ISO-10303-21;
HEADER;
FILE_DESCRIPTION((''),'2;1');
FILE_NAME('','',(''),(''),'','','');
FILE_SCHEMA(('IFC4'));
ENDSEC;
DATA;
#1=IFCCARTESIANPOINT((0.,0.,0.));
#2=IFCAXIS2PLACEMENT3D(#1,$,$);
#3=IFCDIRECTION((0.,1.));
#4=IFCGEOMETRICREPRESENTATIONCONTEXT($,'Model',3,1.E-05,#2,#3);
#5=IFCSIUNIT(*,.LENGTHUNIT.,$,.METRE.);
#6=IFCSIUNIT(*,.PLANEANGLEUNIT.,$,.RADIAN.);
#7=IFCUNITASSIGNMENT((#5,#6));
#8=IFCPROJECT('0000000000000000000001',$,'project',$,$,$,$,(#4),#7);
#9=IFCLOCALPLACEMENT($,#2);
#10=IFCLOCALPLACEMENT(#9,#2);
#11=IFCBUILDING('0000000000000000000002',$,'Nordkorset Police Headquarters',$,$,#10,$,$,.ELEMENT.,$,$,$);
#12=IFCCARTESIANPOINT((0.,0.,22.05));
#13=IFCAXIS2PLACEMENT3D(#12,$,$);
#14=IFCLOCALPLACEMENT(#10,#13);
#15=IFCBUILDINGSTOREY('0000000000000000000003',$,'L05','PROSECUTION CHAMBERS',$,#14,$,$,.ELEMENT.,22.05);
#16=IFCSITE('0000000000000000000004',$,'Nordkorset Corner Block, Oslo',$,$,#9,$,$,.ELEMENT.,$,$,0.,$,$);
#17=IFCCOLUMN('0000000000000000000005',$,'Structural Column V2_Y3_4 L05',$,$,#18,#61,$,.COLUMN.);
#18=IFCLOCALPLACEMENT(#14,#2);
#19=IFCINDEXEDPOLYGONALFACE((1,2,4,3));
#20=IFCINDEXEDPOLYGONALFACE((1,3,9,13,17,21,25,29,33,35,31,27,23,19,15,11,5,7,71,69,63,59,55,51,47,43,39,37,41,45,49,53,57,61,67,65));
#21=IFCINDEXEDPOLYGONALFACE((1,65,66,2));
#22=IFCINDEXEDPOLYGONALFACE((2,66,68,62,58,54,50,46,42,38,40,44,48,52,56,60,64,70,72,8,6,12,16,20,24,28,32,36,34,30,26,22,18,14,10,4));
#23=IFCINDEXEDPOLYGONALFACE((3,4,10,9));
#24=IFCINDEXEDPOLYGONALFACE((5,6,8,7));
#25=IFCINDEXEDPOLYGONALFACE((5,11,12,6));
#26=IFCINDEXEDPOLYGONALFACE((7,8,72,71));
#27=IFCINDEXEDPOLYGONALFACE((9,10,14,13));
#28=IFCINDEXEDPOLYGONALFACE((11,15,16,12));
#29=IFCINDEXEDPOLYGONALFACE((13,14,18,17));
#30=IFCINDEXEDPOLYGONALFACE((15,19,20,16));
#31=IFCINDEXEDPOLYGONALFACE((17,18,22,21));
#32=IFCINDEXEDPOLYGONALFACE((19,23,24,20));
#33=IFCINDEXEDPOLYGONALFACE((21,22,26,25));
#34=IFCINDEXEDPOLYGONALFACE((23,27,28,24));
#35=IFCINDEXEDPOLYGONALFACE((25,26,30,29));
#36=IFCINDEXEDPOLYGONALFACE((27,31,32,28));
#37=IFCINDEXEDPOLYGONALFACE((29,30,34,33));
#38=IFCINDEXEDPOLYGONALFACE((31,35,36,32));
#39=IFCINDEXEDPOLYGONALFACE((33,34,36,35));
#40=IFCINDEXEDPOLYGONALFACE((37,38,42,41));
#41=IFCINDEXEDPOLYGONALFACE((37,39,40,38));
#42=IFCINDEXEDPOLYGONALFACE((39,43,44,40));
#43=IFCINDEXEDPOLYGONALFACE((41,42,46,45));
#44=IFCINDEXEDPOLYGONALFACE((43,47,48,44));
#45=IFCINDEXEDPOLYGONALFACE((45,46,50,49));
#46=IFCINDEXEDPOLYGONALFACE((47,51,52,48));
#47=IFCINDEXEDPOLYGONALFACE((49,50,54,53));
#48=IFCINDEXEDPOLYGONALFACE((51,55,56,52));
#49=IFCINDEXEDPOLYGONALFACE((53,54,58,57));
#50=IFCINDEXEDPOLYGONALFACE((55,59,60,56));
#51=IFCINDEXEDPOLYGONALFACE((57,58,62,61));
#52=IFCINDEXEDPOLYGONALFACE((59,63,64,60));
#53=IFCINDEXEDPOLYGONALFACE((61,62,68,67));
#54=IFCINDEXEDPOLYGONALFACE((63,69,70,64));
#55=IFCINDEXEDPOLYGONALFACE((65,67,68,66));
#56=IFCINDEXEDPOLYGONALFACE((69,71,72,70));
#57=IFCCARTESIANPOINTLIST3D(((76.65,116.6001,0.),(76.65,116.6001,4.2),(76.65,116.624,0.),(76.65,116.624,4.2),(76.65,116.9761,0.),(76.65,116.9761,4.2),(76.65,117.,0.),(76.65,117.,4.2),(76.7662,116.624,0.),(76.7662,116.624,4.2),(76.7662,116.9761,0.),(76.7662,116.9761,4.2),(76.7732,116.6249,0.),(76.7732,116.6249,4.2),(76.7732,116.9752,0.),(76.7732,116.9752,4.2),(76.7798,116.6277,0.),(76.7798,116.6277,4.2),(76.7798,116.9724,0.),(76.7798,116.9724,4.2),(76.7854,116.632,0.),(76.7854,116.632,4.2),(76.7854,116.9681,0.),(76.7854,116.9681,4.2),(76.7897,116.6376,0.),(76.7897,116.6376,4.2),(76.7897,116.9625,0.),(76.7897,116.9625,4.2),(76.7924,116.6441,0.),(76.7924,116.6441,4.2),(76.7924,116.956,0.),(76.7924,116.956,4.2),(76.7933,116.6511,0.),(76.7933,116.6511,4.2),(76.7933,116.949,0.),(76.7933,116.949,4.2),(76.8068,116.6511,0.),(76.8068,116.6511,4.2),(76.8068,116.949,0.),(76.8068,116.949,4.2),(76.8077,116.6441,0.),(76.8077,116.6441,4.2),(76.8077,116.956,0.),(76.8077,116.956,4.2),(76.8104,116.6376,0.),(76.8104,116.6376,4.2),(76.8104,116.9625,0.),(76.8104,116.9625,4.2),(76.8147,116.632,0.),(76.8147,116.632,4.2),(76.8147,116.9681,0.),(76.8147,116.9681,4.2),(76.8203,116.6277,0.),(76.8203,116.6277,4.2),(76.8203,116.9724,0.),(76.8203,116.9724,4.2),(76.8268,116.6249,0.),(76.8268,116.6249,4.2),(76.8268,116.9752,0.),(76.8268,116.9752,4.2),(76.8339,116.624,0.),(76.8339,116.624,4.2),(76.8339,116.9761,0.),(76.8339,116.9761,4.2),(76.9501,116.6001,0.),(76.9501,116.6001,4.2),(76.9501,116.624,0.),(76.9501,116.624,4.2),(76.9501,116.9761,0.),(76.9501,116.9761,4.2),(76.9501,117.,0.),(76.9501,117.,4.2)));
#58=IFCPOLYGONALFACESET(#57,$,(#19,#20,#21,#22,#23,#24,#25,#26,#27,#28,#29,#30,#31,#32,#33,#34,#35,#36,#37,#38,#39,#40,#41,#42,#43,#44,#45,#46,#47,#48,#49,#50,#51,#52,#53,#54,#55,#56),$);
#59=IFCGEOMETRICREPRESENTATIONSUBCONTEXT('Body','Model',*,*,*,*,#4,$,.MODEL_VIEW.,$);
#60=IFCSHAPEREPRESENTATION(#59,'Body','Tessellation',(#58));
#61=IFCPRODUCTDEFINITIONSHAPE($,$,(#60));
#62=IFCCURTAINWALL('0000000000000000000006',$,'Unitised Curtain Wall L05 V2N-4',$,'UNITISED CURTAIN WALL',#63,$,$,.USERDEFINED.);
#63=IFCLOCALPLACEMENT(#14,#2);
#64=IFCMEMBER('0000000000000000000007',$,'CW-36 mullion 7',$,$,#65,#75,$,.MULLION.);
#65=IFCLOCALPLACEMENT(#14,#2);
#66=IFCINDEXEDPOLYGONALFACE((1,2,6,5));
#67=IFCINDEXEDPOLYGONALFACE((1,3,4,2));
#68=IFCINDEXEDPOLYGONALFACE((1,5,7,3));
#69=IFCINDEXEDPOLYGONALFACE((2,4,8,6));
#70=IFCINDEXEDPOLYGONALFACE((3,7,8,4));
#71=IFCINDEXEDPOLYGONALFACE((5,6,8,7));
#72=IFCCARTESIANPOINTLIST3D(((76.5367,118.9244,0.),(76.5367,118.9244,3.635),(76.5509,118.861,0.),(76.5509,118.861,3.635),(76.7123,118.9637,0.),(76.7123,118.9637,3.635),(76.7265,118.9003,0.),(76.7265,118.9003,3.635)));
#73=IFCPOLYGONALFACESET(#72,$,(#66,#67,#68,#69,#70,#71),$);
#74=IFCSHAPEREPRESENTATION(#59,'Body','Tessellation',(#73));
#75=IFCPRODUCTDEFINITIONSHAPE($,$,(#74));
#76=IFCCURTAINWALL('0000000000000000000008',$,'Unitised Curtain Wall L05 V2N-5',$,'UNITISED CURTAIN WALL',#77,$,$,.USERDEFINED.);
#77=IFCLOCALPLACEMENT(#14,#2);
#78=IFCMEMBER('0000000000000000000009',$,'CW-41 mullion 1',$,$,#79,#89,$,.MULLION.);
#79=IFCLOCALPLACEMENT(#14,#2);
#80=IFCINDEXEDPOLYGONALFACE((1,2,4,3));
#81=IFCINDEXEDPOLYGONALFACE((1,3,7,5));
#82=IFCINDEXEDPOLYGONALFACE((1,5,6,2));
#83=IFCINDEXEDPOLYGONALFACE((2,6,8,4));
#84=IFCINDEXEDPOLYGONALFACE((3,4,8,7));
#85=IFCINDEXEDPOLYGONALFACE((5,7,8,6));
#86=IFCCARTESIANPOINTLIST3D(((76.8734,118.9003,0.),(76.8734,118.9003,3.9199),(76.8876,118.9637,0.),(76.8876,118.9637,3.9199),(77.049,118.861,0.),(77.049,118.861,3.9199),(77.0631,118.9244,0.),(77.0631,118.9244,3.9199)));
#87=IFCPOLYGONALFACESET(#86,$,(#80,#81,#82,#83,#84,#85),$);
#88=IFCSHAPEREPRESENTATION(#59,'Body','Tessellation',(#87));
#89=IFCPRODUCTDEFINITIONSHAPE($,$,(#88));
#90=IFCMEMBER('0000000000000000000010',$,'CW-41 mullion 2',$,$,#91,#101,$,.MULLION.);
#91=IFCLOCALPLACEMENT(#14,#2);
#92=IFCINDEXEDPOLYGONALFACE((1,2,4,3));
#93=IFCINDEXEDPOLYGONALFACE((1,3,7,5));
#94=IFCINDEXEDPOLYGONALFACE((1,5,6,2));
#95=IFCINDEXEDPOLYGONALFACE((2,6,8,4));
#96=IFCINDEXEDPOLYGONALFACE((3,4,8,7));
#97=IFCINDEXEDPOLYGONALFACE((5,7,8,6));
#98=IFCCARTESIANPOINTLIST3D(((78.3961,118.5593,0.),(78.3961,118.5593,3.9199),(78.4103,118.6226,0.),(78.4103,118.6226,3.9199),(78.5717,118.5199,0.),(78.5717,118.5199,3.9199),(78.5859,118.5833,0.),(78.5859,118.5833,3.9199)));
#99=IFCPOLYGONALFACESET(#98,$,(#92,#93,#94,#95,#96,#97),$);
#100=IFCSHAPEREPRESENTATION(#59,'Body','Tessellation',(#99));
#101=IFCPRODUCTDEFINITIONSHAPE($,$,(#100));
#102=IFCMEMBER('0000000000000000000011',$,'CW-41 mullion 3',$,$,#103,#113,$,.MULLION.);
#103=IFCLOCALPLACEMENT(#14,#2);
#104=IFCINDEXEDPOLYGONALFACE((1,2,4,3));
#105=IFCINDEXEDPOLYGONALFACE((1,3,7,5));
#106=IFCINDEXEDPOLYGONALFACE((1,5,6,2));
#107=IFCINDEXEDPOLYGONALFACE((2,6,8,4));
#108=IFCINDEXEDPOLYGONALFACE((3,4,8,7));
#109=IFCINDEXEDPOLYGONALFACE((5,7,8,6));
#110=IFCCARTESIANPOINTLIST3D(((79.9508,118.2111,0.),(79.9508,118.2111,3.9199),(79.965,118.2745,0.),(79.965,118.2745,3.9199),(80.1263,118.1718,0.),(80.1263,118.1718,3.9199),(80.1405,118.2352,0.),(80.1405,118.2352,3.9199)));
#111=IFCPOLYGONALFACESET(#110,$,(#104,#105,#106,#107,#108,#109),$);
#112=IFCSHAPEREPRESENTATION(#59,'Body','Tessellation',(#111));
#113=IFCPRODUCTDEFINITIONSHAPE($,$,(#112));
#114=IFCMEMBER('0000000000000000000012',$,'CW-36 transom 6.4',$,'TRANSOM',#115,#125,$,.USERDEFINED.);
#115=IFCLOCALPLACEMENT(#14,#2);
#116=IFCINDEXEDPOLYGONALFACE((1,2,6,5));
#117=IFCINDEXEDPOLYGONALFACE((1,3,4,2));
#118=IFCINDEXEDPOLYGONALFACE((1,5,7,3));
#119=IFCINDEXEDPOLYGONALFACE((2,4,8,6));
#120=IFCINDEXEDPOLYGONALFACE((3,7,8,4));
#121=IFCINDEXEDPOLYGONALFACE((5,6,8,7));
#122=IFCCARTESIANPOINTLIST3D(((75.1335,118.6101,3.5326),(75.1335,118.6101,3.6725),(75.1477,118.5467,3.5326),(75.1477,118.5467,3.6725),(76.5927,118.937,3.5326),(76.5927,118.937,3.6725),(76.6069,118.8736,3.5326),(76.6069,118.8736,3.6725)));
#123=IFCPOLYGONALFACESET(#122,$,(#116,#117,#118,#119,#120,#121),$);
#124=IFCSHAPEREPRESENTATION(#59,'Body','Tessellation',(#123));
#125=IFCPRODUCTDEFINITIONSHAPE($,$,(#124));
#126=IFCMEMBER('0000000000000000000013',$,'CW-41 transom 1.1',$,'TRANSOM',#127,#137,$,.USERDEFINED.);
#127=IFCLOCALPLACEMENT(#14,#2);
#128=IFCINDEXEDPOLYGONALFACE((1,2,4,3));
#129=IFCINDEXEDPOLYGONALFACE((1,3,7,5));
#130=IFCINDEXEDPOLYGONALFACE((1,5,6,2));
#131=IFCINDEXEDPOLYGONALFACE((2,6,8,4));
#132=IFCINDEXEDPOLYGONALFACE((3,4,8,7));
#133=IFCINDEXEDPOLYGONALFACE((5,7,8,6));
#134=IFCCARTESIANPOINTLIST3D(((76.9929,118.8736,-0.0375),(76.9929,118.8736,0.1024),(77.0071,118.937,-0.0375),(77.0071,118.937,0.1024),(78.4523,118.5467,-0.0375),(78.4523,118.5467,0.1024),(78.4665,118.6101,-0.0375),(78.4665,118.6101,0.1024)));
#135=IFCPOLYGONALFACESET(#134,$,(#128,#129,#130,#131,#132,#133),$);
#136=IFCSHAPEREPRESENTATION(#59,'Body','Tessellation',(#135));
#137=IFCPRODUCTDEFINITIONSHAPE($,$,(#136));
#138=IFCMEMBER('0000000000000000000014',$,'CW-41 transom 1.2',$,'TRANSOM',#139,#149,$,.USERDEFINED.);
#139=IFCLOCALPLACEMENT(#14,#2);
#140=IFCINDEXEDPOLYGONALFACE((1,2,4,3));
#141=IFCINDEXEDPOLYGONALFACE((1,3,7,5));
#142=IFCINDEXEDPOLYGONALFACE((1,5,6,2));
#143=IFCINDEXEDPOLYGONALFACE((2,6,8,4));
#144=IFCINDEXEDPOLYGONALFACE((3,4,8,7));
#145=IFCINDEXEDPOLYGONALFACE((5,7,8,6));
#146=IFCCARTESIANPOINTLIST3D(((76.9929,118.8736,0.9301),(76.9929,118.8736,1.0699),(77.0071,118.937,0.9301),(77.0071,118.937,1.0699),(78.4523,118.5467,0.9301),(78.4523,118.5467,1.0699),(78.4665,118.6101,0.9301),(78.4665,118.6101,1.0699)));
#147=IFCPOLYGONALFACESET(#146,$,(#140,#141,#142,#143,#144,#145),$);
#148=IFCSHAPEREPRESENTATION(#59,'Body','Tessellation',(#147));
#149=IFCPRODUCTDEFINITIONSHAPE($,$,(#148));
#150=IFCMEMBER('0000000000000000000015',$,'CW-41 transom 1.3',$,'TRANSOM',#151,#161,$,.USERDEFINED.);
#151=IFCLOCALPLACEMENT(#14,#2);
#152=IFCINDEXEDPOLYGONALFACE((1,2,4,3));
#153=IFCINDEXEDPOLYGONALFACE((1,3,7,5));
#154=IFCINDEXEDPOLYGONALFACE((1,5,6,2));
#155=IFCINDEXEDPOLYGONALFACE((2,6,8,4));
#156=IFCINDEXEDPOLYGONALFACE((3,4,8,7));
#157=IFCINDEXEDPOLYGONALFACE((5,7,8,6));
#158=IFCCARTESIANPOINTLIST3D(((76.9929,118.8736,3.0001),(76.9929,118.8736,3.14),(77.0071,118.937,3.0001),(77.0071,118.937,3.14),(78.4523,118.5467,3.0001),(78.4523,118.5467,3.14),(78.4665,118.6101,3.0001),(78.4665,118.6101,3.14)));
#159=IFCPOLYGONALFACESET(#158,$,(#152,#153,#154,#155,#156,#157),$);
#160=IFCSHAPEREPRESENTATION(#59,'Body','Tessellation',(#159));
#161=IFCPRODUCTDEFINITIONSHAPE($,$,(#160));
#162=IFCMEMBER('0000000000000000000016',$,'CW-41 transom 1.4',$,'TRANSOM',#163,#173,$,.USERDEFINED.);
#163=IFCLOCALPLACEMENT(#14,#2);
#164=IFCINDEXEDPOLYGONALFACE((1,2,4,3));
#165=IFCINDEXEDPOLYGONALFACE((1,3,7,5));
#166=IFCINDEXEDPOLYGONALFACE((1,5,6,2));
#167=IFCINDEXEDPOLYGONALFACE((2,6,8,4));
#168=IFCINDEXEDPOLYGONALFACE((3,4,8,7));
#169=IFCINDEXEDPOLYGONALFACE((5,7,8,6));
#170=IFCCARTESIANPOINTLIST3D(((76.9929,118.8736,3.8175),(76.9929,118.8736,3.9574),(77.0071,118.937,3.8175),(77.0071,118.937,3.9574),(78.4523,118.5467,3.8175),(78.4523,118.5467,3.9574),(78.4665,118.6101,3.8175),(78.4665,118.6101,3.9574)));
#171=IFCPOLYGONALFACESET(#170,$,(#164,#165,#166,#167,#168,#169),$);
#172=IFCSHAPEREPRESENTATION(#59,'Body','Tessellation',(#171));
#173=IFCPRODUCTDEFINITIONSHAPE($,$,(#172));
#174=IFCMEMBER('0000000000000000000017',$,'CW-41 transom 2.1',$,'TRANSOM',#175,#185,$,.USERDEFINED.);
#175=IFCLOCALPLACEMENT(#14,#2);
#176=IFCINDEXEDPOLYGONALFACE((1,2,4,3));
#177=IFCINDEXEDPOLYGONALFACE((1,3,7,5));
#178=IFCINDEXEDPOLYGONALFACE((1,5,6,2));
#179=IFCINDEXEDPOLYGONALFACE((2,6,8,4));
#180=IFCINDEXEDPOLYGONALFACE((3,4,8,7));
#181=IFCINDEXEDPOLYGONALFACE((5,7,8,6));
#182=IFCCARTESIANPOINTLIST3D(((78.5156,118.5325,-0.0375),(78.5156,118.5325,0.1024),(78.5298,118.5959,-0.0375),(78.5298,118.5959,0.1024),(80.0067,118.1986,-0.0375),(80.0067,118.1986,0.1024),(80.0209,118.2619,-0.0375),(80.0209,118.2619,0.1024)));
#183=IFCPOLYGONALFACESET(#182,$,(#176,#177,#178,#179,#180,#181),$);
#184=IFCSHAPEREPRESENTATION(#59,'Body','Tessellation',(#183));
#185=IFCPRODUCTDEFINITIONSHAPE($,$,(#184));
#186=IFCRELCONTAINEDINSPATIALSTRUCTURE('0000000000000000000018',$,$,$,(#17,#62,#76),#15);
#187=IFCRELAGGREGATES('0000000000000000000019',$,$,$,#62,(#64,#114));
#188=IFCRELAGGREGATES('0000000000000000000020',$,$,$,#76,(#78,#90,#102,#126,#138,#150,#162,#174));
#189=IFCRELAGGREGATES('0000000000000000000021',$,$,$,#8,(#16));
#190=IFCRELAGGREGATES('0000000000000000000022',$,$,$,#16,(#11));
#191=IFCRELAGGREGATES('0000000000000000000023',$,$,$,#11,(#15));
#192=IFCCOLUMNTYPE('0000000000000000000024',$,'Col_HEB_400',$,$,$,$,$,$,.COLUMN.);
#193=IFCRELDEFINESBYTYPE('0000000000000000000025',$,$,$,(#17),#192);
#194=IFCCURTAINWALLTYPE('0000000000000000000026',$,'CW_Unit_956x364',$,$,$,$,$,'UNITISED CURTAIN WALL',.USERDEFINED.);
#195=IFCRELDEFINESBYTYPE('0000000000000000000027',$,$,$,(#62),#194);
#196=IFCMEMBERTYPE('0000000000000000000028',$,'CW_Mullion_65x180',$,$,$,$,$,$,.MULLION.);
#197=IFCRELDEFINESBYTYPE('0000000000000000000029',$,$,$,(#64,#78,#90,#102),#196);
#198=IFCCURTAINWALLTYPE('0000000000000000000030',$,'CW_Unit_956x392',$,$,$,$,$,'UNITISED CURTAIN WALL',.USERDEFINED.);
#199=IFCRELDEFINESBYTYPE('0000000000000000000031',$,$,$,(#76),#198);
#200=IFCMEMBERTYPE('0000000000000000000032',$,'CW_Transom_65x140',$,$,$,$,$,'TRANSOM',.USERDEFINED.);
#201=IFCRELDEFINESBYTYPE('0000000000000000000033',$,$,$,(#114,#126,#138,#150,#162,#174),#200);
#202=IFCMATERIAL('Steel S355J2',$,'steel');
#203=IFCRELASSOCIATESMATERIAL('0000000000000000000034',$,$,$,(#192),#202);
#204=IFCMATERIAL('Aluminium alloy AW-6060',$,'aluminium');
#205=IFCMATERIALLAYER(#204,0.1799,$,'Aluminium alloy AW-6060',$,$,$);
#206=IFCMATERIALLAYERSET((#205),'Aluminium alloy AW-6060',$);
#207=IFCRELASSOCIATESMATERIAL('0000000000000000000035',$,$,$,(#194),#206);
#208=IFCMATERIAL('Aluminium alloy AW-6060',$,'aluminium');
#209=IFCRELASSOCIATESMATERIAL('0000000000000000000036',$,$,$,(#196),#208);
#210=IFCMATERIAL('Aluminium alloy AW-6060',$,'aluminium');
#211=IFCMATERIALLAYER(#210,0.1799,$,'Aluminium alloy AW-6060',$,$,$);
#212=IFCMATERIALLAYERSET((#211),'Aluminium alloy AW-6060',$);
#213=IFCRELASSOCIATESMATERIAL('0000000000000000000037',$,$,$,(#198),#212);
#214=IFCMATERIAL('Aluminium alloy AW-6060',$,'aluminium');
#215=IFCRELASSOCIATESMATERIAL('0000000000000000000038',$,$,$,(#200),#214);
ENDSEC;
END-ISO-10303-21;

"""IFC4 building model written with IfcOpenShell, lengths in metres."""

from ifc_helpers import new_model, si_unit, direction, frame, origin, origin_2d, place, context, subcontext, project, spatial, rectangle, i_section, extrude, material, layer, layer_set, material_profile, profile_set, type_object, element, aggregate, save


model = new_model("IFC4")

# Units and contexts
model_context = context("Model", 3, precision=1e-05, world=origin(), true_north=direction((0.0, 1.0)))
body_context = subcontext(model_context, "Body", "Model", "MODEL_VIEW")
ifc_project = project(units=[si_unit("LENGTHUNIT", "METRE"), si_unit("PLANEANGLEUNIT", "RADIAN")], contexts=[model_context])

# Site, building, storey
site_placement = place(None, origin())
site = spatial("IfcSite", under=ifc_project, at=site_placement, Name="Nordkorset Corner Block, Oslo", CompositionType="ELEMENT", RefElevation=0.0)
building_placement = place(site_placement, origin())
building = spatial("IfcBuilding", under=site, at=building_placement, Name="Nordkorset Police Headquarters", CompositionType="ELEMENT")
storey_placement = place(building_placement, frame((0.0, 0.0, 22.05)))
storey = spatial("IfcBuildingStorey", under=building, at=storey_placement, Name="L05", Description="PROSECUTION CHAMBERS", CompositionType="ELEMENT", Elevation=22.05)

# Column
ifc_material_1 = material(Name="Steel S355J2", Category="steel")
ifc_material_profile_1 = material_profile(ifc_material_1, i_section(OverallWidth=0.3, OverallDepth=0.3999, WebThickness=0.0134, FlangeThickness=0.0239, FilletRadius=0.0271, at=origin_2d()), Name="HEB 400")
ifc_profile_set_1 = profile_set([ifc_material_profile_1], Name="Steel S355J2")
column_type = type_object("IfcColumnType", Name="Col_HEB_400", PredefinedType="COLUMN", material=ifc_profile_set_1)
column_placement = place(storey_placement, frame((76.8, 116.8, 0.0), z_axis=(0.0, 0.0, 1.0), x_axis=(1.0, 0.0, 0.0)))
element("IfcColumn", 1, at=column_placement, inside=storey, type_object=column_type, Name="Structural Column V2_Y3_4 L05", PredefinedType="COLUMN", context=body_context, shape_type="SweptSolid", body=[
    extrude(i_section(OverallWidth=0.3, OverallDepth=0.3999, WebThickness=0.0134, FlangeThickness=0.0239, FilletRadius=0.0271, at=origin_2d()), origin(), (0.0, 0.0, 1.0), 4.2),
])

# Curtain wall, member
ifc_material_2 = material(Name="Aluminium alloy AW-6060", Category="aluminium")
ifc_layer_1 = layer(ifc_material_2, 0.1799, Name="Aluminium alloy AW-6060")
ifc_layer_set_1 = layer_set([ifc_layer_1], Name="Aluminium alloy AW-6060")
curtain_wall_type_1 = type_object("IfcCurtainWallType", Name="CW_Unit_956x364", ElementType="UNITISED CURTAIN WALL", PredefinedType="USERDEFINED", material=ifc_layer_set_1)
curtain_wall_1_placement = place(storey_placement, origin())
curtain_wall_1 = element("IfcCurtainWall", 2, at=curtain_wall_1_placement, inside=storey, type_object=curtain_wall_type_1, Name="Unitised Curtain Wall L05 V2N-4", ObjectType="UNITISED CURTAIN WALL", PredefinedType="USERDEFINED")
ifc_material_3 = material(Name="Aluminium alloy AW-6060", Category="aluminium")
ifc_material_profile_2 = material_profile(ifc_material_3, rectangle(XDim=0.0649, YDim=0.1799, at=origin_2d()), Name="ALU MULL 65x180")
ifc_profile_set_2 = profile_set([ifc_material_profile_2], Name="Aluminium alloy AW-6060")
member_type_1 = type_object("IfcMemberType", Name="CW_Mullion_65x180", PredefinedType="MULLION", material=ifc_profile_set_2)
member_1_placement = place(storey_placement, frame((76.6316, 118.9124, 0.0), z_axis=(0.0, 0.0, 1.0), x_axis=(-0.218544, 0.975827, 0.0)))
member_1 = element("IfcMember", 3, at=member_1_placement, type_object=member_type_1, Name="CW-36 mullion 7", PredefinedType="MULLION", context=body_context, shape_type="SweptSolid", body=[
    extrude(rectangle(XDim=0.0649, YDim=0.1799, at=origin_2d()), origin(), (0.0, 0.0, 1.0), 3.635),
])

# Curtain wall, members
ifc_material_4 = material(Name="Aluminium alloy AW-6060", Category="aluminium")
ifc_layer_2 = layer(ifc_material_4, 0.1799, Name="Aluminium alloy AW-6060")
ifc_layer_set_2 = layer_set([ifc_layer_2], Name="Aluminium alloy AW-6060")
curtain_wall_type_2 = type_object("IfcCurtainWallType", Name="CW_Unit_956x392", ElementType="UNITISED CURTAIN WALL", PredefinedType="USERDEFINED", material=ifc_layer_set_2)
curtain_wall_2_placement = place(storey_placement, origin())
curtain_wall_2 = element("IfcCurtainWall", 4, at=curtain_wall_2_placement, inside=storey, type_object=curtain_wall_type_2, Name="Unitised Curtain Wall L05 V2N-5", ObjectType="UNITISED CURTAIN WALL", PredefinedType="USERDEFINED")
member_2_placement = place(storey_placement, frame((76.9683, 118.9124, 0.0), z_axis=(0.0, 0.0, 1.0), x_axis=(0.218544, 0.975827, 0.0)))
member_2 = element("IfcMember", 5, at=member_2_placement, type_object=member_type_1, Name="CW-41 mullion 1", PredefinedType="MULLION", context=body_context, shape_type="SweptSolid", body=[
    extrude(rectangle(XDim=0.0649, YDim=0.1799, at=origin_2d()), origin(), (0.0, 0.0, 1.0), 3.9199),
])
member_3_placement = place(storey_placement, frame((78.491, 118.5713, 0.0), z_axis=(0.0, 0.0, 1.0), x_axis=(0.218544, 0.975827, 0.0)))
member_3 = element("IfcMember", 6, at=member_3_placement, type_object=member_type_1, Name="CW-41 mullion 2", PredefinedType="MULLION", context=body_context, shape_type="SweptSolid", body=[
    extrude(rectangle(XDim=0.0649, YDim=0.1799, at=origin_2d()), origin(), (0.0, 0.0, 1.0), 3.9199),
])
member_4_placement = place(storey_placement, frame((80.0457, 118.2231, 0.0), z_axis=(0.0, 0.0, 1.0), x_axis=(0.218544, 0.975827, 0.0)))
member_4 = element("IfcMember", 7, at=member_4_placement, type_object=member_type_1, Name="CW-41 mullion 3", PredefinedType="MULLION", context=body_context, shape_type="SweptSolid", body=[
    extrude(rectangle(XDim=0.0649, YDim=0.1799, at=origin_2d()), origin(), (0.0, 0.0, 1.0), 3.9199),
])

# Members
ifc_material_5 = material(Name="Aluminium alloy AW-6060", Category="aluminium")
ifc_material_profile_3 = material_profile(ifc_material_5, rectangle(XDim=0.0649, YDim=0.1399, at=origin_2d()), Name="ALU TRAN 65x140")
ifc_profile_set_3 = profile_set([ifc_material_profile_3], Name="Aluminium alloy AW-6060")
member_type_2 = type_object("IfcMemberType", Name="CW_Transom_65x140", ElementType="TRANSOM", PredefinedType="USERDEFINED", material=ifc_profile_set_3)
member_5_placement = place(storey_placement, frame((75.1406, 118.5784, 3.6025), z_axis=(0.975813, 0.218607, 0.0), x_axis=(-0.218607, 0.975813, 0.0)))
member_5 = element("IfcMember", 8, at=member_5_placement, type_object=member_type_2, Name="CW-36 transom 6.4", ObjectType="TRANSOM", PredefinedType="USERDEFINED", context=body_context, shape_type="SweptSolid", body=[
    extrude(rectangle(XDim=0.0649, YDim=0.1399, at=origin_2d()), origin(), (0.0, 0.0, 1.0), 1.4954),
])
member_6_placement = place(storey_placement, frame((77.0, 118.9053, 0.0325), z_axis=(0.975821, -0.218572, 0.0), x_axis=(0.218572, 0.975821, 0.0)))
member_6 = element("IfcMember", 9, at=member_6_placement, type_object=member_type_2, Name="CW-41 transom 1.1", ObjectType="TRANSOM", PredefinedType="USERDEFINED", context=body_context, shape_type="SweptSolid", body=[
    extrude(rectangle(XDim=0.0649, YDim=0.1399, at=origin_2d()), origin(), (0.0, 0.0, 1.0), 1.4956),
])
member_7_placement = place(storey_placement, frame((77.0, 118.9053, 1.0), z_axis=(0.975821, -0.218572, 0.0), x_axis=(0.218572, 0.975821, 0.0)))
member_7 = element("IfcMember", 10, at=member_7_placement, type_object=member_type_2, Name="CW-41 transom 1.2", ObjectType="TRANSOM", PredefinedType="USERDEFINED", context=body_context, shape_type="SweptSolid", body=[
    extrude(rectangle(XDim=0.0649, YDim=0.1399, at=origin_2d()), origin(), (0.0, 0.0, 1.0), 1.4956),
])
member_8_placement = place(storey_placement, frame((77.0, 118.9053, 3.0701), z_axis=(0.975821, -0.218572, 0.0), x_axis=(0.218572, 0.975821, 0.0)))
member_8 = element("IfcMember", 11, at=member_8_placement, type_object=member_type_2, Name="CW-41 transom 1.3", ObjectType="TRANSOM", PredefinedType="USERDEFINED", context=body_context, shape_type="SweptSolid", body=[
    extrude(rectangle(XDim=0.0649, YDim=0.1399, at=origin_2d()), origin(), (0.0, 0.0, 1.0), 1.4956),
])
member_9_placement = place(storey_placement, frame((77.0, 118.9053, 3.8875), z_axis=(0.975821, -0.218572, 0.0), x_axis=(0.218572, 0.975821, 0.0)))
member_9 = element("IfcMember", 12, at=member_9_placement, type_object=member_type_2, Name="CW-41 transom 1.4", ObjectType="TRANSOM", PredefinedType="USERDEFINED", context=body_context, shape_type="SweptSolid", body=[
    extrude(rectangle(XDim=0.0649, YDim=0.1399, at=origin_2d()), origin(), (0.0, 0.0, 1.0), 1.4956),
])
member_10_placement = place(storey_placement, frame((78.5227, 118.5642, 0.0325), z_axis=(0.975825, -0.218554, 0.0), x_axis=(0.218554, 0.975825, 0.0)))
member_10 = element("IfcMember", 13, at=member_10_placement, type_object=member_type_2, Name="CW-41 transom 2.1", ObjectType="TRANSOM", PredefinedType="USERDEFINED", context=body_context, shape_type="SweptSolid", body=[
    extrude(rectangle(XDim=0.0649, YDim=0.1399, at=origin_2d()), origin(), (0.0, 0.0, 1.0), 1.5281),
])

aggregate(curtain_wall_1, [member_1, member_5])
aggregate(curtain_wall_2, [member_2, member_3, member_4, member_6, member_7, member_8, member_9, member_10])

save(model, "model.ifc")
